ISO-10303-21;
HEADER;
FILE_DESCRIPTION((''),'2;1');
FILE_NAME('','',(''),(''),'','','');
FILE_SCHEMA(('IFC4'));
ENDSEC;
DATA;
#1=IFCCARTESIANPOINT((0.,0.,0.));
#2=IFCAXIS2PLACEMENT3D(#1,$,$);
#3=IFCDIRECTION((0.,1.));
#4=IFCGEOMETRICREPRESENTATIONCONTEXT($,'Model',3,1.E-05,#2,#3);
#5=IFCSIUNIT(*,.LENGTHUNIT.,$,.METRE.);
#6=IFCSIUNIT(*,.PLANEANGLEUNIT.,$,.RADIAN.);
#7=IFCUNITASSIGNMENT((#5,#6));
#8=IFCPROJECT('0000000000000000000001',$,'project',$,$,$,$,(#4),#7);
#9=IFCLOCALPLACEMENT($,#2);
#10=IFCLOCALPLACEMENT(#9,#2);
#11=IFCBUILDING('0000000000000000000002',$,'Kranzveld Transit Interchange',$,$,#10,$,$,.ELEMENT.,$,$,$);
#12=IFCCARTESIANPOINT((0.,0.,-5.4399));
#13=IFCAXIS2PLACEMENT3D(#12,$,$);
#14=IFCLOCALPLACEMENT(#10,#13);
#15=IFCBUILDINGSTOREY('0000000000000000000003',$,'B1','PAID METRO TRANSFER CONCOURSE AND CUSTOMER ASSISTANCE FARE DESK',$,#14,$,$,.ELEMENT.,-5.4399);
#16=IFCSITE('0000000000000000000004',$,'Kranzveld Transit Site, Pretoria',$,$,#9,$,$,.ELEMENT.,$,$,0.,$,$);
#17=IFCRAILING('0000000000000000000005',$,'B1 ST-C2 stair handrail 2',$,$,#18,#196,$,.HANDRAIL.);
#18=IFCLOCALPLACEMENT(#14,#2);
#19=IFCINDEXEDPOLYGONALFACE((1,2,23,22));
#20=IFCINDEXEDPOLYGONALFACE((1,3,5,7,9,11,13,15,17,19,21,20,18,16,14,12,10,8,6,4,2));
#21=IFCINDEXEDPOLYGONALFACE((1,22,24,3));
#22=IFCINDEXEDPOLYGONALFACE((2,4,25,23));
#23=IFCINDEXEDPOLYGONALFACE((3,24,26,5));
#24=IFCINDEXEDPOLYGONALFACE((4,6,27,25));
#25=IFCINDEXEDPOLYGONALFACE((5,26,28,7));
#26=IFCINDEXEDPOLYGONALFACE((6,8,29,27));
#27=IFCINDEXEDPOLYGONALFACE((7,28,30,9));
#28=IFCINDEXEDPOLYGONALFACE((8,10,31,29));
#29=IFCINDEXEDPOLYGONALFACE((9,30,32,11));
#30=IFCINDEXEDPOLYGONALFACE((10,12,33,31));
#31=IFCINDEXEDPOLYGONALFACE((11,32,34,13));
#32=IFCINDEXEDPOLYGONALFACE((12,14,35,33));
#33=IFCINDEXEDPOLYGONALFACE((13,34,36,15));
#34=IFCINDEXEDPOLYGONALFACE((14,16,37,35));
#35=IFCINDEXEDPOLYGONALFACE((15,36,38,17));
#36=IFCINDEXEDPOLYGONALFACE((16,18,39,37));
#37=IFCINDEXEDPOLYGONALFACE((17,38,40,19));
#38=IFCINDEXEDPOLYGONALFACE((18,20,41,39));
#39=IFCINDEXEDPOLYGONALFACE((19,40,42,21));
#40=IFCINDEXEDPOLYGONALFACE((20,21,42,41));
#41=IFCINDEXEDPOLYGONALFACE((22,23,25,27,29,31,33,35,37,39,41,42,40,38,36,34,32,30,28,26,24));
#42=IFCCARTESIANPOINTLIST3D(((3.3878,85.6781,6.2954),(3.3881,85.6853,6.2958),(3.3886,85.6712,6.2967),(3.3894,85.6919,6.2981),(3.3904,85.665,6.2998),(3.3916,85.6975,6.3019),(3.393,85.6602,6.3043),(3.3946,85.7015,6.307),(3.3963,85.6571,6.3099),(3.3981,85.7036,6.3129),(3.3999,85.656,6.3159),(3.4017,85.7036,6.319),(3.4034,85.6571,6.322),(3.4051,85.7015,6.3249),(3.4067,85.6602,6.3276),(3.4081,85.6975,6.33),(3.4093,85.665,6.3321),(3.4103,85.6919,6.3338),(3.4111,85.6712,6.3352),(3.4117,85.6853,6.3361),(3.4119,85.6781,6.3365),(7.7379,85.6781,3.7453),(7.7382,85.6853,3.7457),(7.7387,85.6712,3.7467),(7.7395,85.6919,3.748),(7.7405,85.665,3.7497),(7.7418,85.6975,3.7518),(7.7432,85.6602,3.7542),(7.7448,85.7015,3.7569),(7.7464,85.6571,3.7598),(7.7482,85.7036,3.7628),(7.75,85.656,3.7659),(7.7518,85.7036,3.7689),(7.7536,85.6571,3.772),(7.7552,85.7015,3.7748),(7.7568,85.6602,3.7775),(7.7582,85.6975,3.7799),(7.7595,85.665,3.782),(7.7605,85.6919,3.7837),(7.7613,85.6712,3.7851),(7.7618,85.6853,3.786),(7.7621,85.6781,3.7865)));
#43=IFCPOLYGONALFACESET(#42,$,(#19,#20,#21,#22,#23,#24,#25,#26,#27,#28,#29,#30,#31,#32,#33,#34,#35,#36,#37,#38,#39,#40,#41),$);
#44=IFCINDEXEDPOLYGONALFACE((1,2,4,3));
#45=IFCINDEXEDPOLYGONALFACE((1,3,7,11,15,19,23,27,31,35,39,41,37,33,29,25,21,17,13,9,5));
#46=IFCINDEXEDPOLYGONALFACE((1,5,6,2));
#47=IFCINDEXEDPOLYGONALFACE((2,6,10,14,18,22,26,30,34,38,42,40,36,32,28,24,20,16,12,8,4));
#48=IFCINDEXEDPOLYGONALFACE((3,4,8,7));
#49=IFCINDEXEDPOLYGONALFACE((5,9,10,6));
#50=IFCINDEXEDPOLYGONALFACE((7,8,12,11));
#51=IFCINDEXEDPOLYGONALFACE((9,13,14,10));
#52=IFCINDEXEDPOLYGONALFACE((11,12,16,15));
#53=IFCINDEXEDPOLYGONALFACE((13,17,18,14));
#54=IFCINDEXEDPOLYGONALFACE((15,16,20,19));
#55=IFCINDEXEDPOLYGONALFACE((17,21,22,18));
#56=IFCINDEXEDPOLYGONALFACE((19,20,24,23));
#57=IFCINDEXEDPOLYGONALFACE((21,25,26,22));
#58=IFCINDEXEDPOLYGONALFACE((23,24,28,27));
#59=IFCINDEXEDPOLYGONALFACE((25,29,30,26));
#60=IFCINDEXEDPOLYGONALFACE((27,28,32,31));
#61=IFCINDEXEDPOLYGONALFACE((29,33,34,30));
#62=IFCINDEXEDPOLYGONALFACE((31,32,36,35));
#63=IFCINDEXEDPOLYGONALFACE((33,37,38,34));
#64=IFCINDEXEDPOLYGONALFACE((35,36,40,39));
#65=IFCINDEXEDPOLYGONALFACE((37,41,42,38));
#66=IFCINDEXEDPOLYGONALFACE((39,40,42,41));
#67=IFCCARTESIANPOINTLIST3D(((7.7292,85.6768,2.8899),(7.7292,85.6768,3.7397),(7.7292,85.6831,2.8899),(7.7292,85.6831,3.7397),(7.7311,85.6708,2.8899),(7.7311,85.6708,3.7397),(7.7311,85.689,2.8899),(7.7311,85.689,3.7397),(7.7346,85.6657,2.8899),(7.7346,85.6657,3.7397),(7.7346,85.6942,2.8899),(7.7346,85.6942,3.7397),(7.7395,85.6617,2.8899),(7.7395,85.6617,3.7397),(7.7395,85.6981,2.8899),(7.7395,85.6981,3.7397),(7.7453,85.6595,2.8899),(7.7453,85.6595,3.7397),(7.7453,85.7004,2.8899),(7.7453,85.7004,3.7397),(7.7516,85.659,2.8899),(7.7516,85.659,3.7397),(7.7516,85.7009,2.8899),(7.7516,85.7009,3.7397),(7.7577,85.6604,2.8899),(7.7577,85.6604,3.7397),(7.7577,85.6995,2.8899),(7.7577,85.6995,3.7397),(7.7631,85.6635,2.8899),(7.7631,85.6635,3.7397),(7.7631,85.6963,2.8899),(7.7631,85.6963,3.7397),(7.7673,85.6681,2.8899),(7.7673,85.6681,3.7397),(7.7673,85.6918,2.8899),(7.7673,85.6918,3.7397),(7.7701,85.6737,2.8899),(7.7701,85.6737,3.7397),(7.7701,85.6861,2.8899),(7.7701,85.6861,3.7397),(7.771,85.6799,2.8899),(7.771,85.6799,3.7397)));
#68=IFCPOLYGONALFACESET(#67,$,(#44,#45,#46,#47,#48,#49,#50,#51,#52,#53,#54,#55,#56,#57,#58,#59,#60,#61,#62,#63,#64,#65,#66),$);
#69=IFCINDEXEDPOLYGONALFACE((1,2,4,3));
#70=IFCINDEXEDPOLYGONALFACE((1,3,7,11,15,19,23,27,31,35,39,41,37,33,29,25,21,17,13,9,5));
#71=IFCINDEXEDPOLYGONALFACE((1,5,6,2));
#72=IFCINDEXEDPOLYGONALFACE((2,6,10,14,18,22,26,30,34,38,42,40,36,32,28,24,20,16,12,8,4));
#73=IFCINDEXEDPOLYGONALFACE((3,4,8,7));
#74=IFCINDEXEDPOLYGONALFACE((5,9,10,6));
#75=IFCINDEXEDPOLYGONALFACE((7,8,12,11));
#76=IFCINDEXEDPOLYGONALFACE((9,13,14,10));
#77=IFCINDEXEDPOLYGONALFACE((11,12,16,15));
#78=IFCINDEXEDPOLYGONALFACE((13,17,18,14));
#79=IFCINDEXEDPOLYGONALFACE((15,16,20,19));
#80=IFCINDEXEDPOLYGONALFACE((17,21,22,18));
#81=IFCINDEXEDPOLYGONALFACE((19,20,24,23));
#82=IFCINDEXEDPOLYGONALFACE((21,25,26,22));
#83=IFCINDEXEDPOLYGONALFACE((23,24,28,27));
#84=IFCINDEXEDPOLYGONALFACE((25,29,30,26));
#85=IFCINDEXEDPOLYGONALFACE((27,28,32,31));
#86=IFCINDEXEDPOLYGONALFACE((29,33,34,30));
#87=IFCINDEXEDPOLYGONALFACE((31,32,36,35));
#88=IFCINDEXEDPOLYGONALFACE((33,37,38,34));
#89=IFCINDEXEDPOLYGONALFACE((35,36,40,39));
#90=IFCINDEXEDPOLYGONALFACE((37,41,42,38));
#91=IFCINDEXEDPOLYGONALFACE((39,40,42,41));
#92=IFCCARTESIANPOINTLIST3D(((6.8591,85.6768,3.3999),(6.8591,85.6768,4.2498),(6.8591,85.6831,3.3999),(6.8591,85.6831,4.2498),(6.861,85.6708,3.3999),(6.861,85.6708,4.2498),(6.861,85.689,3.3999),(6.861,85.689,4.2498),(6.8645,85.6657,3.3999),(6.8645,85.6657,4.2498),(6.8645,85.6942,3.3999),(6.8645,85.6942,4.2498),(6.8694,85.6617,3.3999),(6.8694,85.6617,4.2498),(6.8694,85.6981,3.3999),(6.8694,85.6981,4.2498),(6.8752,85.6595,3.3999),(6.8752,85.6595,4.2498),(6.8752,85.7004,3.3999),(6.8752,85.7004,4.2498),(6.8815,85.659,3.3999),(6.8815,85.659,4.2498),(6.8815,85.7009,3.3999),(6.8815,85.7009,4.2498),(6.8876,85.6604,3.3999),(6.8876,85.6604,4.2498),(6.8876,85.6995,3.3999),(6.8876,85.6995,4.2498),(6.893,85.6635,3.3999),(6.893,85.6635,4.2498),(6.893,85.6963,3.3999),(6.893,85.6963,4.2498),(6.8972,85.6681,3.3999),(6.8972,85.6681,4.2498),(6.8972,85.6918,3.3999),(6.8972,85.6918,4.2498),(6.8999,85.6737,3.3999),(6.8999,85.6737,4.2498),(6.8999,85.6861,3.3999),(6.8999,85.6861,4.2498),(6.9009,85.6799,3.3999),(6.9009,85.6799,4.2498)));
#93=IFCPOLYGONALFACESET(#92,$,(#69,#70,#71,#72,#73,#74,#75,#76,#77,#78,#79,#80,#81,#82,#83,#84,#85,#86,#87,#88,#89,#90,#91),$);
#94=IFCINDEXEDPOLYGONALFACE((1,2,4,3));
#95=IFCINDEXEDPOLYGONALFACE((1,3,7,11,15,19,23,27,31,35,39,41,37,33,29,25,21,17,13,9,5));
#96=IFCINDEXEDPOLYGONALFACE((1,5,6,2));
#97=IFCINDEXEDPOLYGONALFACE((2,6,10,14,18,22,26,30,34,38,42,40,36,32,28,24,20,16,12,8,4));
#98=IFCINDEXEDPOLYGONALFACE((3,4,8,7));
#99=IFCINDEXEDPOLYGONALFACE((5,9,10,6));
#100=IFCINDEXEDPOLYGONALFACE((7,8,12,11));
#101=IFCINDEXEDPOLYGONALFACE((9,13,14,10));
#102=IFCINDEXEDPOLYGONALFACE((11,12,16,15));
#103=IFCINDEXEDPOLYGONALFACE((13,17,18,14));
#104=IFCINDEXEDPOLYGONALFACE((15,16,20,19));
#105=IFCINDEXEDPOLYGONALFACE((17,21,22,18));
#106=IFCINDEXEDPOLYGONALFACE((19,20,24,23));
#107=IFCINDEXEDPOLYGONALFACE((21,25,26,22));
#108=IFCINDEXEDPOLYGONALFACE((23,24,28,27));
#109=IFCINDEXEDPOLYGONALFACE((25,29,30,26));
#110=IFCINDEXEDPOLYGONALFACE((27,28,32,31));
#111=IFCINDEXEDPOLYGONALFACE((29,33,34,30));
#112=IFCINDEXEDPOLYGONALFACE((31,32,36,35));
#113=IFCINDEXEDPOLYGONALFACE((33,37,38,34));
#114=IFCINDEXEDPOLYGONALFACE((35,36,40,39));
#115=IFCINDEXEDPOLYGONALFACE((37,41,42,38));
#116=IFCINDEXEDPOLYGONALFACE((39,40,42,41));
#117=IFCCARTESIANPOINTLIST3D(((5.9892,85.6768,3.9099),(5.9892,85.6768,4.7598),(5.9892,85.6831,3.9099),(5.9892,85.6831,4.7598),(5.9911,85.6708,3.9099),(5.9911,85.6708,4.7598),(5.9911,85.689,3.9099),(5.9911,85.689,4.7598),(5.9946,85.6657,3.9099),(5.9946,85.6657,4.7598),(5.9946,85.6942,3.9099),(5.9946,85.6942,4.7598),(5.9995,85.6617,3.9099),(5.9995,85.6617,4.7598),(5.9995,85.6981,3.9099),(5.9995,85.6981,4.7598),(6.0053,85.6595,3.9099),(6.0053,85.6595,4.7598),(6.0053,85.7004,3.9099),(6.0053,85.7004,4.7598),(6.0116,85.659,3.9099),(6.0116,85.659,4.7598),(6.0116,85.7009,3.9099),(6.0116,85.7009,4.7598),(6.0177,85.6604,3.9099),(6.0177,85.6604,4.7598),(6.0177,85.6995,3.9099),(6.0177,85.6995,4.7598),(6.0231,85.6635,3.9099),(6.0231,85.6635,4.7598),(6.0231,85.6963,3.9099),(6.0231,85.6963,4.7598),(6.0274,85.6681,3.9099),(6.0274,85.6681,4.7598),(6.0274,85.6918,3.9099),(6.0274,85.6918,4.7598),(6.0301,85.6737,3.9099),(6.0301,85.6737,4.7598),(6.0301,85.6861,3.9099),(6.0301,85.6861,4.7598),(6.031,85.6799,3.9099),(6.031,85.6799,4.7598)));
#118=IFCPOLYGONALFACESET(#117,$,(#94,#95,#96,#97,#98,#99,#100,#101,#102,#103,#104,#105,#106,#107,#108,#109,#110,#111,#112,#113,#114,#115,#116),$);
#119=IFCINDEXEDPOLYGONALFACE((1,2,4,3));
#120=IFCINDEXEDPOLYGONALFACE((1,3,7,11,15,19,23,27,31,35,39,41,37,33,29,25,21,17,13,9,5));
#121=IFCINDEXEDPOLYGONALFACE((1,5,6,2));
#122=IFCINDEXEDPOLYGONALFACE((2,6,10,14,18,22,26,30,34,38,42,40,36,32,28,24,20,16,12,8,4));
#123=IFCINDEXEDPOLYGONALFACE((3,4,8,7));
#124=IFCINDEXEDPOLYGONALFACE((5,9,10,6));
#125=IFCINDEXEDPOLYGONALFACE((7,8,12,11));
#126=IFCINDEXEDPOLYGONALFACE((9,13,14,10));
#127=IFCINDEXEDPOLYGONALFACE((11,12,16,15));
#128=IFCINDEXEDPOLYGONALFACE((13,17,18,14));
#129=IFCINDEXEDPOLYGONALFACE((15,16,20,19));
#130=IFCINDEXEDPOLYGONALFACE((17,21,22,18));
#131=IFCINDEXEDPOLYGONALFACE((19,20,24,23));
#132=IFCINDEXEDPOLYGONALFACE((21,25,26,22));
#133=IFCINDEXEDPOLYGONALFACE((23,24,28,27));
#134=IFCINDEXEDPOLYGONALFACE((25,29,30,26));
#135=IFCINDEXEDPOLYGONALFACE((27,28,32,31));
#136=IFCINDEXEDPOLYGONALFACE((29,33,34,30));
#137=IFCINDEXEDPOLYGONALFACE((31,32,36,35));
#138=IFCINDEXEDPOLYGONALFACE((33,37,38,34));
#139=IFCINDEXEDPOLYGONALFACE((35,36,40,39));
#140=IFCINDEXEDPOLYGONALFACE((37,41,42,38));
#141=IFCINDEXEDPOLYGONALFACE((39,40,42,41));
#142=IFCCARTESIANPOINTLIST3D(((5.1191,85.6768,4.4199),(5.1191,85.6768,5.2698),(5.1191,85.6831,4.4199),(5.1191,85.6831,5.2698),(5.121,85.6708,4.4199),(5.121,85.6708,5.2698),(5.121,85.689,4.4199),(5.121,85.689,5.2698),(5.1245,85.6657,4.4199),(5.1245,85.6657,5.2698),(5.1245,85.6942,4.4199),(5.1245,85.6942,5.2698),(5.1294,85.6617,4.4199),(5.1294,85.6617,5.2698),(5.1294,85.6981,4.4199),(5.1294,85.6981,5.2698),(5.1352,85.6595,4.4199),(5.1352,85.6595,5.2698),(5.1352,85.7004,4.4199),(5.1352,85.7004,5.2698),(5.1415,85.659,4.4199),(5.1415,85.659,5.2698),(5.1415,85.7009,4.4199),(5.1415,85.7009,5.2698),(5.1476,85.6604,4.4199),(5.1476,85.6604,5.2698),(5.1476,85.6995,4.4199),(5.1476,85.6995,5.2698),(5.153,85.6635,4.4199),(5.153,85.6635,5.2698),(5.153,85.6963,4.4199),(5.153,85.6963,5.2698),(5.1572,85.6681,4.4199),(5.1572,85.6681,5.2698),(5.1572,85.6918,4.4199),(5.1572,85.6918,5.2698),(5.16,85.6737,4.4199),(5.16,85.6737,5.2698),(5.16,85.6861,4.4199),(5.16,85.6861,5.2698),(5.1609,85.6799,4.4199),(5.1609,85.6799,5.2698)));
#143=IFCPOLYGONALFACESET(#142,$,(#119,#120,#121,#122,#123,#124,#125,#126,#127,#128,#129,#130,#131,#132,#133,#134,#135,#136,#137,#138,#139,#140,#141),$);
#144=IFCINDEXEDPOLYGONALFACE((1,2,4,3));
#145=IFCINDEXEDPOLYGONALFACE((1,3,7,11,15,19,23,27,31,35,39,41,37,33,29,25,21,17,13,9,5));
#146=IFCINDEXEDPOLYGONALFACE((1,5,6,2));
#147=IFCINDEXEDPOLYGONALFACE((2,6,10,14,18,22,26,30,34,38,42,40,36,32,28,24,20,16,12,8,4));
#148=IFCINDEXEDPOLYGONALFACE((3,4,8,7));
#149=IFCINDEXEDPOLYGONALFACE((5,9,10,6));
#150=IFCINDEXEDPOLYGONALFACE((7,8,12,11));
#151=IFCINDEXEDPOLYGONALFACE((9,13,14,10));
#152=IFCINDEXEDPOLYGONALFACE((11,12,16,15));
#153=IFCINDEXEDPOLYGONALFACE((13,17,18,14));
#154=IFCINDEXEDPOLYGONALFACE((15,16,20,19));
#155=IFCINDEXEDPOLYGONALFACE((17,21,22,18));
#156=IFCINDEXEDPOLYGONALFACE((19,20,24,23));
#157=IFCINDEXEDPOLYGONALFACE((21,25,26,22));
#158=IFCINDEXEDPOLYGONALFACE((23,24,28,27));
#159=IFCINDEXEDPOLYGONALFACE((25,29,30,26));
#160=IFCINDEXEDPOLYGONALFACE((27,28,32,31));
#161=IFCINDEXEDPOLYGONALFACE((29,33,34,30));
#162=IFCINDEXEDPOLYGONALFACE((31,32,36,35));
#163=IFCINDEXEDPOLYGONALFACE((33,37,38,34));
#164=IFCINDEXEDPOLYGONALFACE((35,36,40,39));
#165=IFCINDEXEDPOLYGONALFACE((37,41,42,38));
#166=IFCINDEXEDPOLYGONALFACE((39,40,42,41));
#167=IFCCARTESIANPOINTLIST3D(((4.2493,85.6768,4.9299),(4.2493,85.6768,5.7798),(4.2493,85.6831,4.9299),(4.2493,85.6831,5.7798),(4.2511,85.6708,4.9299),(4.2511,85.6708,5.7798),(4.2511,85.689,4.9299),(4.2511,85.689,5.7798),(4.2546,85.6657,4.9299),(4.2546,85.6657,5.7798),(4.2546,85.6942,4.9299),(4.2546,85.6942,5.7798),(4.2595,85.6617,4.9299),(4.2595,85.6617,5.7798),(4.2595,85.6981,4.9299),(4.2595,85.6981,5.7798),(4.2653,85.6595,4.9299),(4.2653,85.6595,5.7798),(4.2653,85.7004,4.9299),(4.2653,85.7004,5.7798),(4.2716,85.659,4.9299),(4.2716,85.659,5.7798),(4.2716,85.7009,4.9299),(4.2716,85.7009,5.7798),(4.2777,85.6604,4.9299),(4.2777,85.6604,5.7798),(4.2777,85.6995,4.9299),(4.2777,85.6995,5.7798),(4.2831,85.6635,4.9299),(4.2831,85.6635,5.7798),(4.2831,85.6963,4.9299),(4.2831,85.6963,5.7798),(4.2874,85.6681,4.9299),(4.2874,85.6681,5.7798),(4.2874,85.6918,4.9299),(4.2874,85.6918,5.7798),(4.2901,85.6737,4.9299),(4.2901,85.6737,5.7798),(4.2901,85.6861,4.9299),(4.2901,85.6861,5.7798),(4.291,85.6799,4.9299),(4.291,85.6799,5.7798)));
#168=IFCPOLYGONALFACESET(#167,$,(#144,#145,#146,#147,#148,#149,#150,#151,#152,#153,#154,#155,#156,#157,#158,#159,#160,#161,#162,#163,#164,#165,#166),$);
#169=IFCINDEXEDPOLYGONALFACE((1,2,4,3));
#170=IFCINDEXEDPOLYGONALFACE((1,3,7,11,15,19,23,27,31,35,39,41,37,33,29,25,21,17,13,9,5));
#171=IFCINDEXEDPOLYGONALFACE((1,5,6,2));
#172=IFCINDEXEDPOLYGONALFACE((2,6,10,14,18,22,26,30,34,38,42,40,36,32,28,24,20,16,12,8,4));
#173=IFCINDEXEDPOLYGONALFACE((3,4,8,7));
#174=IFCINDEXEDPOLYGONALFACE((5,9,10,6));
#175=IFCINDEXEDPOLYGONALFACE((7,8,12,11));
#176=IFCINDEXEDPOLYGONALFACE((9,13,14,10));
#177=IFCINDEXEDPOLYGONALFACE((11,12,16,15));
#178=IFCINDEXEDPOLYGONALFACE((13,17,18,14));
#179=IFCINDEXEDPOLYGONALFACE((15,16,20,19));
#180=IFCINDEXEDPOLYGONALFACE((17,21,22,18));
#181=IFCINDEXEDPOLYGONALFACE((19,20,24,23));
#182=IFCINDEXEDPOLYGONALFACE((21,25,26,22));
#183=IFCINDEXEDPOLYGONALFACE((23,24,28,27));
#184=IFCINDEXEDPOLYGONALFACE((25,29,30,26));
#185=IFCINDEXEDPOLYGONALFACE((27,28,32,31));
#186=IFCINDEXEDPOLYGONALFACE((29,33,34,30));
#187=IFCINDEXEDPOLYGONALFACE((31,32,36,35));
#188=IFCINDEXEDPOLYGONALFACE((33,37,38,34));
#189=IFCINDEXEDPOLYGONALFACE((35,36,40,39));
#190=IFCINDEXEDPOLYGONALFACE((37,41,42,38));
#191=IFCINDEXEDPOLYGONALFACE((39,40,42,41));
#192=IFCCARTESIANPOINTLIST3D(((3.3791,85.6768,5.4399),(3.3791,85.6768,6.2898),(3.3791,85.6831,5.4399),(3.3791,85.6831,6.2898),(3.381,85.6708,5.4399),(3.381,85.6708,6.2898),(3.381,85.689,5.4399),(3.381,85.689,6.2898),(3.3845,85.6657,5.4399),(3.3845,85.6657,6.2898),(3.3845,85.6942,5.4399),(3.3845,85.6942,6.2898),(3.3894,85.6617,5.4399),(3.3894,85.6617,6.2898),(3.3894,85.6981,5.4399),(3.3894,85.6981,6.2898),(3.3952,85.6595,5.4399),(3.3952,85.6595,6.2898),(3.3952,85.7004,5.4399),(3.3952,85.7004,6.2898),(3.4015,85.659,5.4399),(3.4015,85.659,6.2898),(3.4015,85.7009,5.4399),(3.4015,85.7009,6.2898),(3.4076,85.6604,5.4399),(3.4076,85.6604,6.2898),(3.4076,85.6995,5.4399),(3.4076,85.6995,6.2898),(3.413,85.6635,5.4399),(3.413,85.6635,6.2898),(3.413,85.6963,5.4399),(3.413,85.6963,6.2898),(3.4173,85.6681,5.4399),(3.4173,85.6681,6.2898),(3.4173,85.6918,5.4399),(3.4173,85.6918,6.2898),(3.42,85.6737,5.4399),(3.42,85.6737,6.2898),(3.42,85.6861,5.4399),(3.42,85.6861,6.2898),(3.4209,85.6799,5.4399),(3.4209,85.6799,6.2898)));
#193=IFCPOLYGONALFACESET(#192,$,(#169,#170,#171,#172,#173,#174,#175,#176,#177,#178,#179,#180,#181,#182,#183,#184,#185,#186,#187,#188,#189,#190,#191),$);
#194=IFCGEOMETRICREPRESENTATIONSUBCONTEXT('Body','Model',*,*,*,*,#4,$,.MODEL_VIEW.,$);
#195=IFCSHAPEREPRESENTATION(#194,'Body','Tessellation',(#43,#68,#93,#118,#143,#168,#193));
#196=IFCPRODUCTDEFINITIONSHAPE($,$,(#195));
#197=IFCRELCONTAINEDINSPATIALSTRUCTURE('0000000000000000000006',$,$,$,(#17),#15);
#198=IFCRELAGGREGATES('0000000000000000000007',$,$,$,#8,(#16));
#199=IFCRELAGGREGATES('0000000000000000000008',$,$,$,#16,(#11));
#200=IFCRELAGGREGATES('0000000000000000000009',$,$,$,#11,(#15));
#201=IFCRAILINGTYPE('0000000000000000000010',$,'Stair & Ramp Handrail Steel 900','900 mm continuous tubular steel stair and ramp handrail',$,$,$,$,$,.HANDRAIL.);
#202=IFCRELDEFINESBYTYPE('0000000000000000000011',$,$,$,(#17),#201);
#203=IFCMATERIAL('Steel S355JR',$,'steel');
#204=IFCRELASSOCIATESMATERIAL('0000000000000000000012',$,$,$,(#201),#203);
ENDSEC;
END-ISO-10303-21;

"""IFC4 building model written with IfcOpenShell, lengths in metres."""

from ifc_helpers import new_model, si_unit, direction, frame, origin, origin_2d, place, context, subcontext, project, spatial, circle, extrude, material, type_object, element, save


model = new_model("IFC4")

# Units and contexts
model_context = context("Model", 3, precision=1e-05, world=origin(), true_north=direction((0.0, 1.0)))
body_context = subcontext(model_context, "Body", "Model", "MODEL_VIEW")
ifc_project = project(units=[si_unit("LENGTHUNIT", "METRE"), si_unit("PLANEANGLEUNIT", "RADIAN")], contexts=[model_context])

# Site, building, storey
site_placement = place(None, origin())
site = spatial("IfcSite", under=ifc_project, at=site_placement, Name="Kranzveld Transit Site, Pretoria", CompositionType="ELEMENT", RefElevation=0.0)
building_placement = place(site_placement, origin())
building = spatial("IfcBuilding", under=site, at=building_placement, Name="Kranzveld Transit Interchange", CompositionType="ELEMENT")
storey_placement = place(building_placement, frame((0.0, 0.0, -5.4399)))
storey = spatial("IfcBuildingStorey", under=building, at=storey_placement, Name="B1", Description="PAID METRO TRANSFER CONCOURSE AND CUSTOMER ASSISTANCE FARE DESK", CompositionType="ELEMENT", Elevation=-5.4399)

# Railing
ifc_material_1 = material(Name="Steel S355JR", Category="steel")
railing_type = type_object("IfcRailingType", Name="Stair & Ramp Handrail Steel 900", Description="900 mm continuous tubular steel stair and ramp handrail", PredefinedType="HANDRAIL", material=ifc_material_1)
railing_placement = place(storey_placement, frame((7.75, 85.6799, 2.8899)))
element("IfcRailing", 1, at=railing_placement, inside=storey, type_object=railing_type, Name="B1 ST-C2 stair handrail 2", PredefinedType="HANDRAIL", context=body_context, shape_type="SweptSolid", body=[
    extrude(circle(Radius=0.0239, at=origin_2d()), frame((0.0, 0.0, 0.876), z_axis=(-0.862699, 0.0, 0.505718), x_axis=(0.0, -1.0, 0.0)), (0.0, 0.0, 1.0), 5.0425),
    extrude(circle(Radius=0.021, at=origin_2d()), origin(), (0.0, 0.0, 1.0), 0.8499),
    extrude(circle(Radius=0.021, at=origin_2d()), frame((-0.8701, 0.0, 0.51)), (0.0, 0.0, 1.0), 0.8499),
    extrude(circle(Radius=0.021, at=origin_2d()), frame((-1.74, 0.0, 1.02)), (0.0, 0.0, 1.0), 0.8499),
    extrude(circle(Radius=0.021, at=origin_2d()), frame((-2.6101, 0.0, 1.53)), (0.0, 0.0, 1.0), 0.8499),
    extrude(circle(Radius=0.021, at=origin_2d()), frame((-3.48, 0.0, 2.04)), (0.0, 0.0, 1.0), 0.8499),
    extrude(circle(Radius=0.021, at=origin_2d()), frame((-4.3501, 0.0, 2.55)), (0.0, 0.0, 1.0), 0.8499),
])

save(model, "model.ifc")
